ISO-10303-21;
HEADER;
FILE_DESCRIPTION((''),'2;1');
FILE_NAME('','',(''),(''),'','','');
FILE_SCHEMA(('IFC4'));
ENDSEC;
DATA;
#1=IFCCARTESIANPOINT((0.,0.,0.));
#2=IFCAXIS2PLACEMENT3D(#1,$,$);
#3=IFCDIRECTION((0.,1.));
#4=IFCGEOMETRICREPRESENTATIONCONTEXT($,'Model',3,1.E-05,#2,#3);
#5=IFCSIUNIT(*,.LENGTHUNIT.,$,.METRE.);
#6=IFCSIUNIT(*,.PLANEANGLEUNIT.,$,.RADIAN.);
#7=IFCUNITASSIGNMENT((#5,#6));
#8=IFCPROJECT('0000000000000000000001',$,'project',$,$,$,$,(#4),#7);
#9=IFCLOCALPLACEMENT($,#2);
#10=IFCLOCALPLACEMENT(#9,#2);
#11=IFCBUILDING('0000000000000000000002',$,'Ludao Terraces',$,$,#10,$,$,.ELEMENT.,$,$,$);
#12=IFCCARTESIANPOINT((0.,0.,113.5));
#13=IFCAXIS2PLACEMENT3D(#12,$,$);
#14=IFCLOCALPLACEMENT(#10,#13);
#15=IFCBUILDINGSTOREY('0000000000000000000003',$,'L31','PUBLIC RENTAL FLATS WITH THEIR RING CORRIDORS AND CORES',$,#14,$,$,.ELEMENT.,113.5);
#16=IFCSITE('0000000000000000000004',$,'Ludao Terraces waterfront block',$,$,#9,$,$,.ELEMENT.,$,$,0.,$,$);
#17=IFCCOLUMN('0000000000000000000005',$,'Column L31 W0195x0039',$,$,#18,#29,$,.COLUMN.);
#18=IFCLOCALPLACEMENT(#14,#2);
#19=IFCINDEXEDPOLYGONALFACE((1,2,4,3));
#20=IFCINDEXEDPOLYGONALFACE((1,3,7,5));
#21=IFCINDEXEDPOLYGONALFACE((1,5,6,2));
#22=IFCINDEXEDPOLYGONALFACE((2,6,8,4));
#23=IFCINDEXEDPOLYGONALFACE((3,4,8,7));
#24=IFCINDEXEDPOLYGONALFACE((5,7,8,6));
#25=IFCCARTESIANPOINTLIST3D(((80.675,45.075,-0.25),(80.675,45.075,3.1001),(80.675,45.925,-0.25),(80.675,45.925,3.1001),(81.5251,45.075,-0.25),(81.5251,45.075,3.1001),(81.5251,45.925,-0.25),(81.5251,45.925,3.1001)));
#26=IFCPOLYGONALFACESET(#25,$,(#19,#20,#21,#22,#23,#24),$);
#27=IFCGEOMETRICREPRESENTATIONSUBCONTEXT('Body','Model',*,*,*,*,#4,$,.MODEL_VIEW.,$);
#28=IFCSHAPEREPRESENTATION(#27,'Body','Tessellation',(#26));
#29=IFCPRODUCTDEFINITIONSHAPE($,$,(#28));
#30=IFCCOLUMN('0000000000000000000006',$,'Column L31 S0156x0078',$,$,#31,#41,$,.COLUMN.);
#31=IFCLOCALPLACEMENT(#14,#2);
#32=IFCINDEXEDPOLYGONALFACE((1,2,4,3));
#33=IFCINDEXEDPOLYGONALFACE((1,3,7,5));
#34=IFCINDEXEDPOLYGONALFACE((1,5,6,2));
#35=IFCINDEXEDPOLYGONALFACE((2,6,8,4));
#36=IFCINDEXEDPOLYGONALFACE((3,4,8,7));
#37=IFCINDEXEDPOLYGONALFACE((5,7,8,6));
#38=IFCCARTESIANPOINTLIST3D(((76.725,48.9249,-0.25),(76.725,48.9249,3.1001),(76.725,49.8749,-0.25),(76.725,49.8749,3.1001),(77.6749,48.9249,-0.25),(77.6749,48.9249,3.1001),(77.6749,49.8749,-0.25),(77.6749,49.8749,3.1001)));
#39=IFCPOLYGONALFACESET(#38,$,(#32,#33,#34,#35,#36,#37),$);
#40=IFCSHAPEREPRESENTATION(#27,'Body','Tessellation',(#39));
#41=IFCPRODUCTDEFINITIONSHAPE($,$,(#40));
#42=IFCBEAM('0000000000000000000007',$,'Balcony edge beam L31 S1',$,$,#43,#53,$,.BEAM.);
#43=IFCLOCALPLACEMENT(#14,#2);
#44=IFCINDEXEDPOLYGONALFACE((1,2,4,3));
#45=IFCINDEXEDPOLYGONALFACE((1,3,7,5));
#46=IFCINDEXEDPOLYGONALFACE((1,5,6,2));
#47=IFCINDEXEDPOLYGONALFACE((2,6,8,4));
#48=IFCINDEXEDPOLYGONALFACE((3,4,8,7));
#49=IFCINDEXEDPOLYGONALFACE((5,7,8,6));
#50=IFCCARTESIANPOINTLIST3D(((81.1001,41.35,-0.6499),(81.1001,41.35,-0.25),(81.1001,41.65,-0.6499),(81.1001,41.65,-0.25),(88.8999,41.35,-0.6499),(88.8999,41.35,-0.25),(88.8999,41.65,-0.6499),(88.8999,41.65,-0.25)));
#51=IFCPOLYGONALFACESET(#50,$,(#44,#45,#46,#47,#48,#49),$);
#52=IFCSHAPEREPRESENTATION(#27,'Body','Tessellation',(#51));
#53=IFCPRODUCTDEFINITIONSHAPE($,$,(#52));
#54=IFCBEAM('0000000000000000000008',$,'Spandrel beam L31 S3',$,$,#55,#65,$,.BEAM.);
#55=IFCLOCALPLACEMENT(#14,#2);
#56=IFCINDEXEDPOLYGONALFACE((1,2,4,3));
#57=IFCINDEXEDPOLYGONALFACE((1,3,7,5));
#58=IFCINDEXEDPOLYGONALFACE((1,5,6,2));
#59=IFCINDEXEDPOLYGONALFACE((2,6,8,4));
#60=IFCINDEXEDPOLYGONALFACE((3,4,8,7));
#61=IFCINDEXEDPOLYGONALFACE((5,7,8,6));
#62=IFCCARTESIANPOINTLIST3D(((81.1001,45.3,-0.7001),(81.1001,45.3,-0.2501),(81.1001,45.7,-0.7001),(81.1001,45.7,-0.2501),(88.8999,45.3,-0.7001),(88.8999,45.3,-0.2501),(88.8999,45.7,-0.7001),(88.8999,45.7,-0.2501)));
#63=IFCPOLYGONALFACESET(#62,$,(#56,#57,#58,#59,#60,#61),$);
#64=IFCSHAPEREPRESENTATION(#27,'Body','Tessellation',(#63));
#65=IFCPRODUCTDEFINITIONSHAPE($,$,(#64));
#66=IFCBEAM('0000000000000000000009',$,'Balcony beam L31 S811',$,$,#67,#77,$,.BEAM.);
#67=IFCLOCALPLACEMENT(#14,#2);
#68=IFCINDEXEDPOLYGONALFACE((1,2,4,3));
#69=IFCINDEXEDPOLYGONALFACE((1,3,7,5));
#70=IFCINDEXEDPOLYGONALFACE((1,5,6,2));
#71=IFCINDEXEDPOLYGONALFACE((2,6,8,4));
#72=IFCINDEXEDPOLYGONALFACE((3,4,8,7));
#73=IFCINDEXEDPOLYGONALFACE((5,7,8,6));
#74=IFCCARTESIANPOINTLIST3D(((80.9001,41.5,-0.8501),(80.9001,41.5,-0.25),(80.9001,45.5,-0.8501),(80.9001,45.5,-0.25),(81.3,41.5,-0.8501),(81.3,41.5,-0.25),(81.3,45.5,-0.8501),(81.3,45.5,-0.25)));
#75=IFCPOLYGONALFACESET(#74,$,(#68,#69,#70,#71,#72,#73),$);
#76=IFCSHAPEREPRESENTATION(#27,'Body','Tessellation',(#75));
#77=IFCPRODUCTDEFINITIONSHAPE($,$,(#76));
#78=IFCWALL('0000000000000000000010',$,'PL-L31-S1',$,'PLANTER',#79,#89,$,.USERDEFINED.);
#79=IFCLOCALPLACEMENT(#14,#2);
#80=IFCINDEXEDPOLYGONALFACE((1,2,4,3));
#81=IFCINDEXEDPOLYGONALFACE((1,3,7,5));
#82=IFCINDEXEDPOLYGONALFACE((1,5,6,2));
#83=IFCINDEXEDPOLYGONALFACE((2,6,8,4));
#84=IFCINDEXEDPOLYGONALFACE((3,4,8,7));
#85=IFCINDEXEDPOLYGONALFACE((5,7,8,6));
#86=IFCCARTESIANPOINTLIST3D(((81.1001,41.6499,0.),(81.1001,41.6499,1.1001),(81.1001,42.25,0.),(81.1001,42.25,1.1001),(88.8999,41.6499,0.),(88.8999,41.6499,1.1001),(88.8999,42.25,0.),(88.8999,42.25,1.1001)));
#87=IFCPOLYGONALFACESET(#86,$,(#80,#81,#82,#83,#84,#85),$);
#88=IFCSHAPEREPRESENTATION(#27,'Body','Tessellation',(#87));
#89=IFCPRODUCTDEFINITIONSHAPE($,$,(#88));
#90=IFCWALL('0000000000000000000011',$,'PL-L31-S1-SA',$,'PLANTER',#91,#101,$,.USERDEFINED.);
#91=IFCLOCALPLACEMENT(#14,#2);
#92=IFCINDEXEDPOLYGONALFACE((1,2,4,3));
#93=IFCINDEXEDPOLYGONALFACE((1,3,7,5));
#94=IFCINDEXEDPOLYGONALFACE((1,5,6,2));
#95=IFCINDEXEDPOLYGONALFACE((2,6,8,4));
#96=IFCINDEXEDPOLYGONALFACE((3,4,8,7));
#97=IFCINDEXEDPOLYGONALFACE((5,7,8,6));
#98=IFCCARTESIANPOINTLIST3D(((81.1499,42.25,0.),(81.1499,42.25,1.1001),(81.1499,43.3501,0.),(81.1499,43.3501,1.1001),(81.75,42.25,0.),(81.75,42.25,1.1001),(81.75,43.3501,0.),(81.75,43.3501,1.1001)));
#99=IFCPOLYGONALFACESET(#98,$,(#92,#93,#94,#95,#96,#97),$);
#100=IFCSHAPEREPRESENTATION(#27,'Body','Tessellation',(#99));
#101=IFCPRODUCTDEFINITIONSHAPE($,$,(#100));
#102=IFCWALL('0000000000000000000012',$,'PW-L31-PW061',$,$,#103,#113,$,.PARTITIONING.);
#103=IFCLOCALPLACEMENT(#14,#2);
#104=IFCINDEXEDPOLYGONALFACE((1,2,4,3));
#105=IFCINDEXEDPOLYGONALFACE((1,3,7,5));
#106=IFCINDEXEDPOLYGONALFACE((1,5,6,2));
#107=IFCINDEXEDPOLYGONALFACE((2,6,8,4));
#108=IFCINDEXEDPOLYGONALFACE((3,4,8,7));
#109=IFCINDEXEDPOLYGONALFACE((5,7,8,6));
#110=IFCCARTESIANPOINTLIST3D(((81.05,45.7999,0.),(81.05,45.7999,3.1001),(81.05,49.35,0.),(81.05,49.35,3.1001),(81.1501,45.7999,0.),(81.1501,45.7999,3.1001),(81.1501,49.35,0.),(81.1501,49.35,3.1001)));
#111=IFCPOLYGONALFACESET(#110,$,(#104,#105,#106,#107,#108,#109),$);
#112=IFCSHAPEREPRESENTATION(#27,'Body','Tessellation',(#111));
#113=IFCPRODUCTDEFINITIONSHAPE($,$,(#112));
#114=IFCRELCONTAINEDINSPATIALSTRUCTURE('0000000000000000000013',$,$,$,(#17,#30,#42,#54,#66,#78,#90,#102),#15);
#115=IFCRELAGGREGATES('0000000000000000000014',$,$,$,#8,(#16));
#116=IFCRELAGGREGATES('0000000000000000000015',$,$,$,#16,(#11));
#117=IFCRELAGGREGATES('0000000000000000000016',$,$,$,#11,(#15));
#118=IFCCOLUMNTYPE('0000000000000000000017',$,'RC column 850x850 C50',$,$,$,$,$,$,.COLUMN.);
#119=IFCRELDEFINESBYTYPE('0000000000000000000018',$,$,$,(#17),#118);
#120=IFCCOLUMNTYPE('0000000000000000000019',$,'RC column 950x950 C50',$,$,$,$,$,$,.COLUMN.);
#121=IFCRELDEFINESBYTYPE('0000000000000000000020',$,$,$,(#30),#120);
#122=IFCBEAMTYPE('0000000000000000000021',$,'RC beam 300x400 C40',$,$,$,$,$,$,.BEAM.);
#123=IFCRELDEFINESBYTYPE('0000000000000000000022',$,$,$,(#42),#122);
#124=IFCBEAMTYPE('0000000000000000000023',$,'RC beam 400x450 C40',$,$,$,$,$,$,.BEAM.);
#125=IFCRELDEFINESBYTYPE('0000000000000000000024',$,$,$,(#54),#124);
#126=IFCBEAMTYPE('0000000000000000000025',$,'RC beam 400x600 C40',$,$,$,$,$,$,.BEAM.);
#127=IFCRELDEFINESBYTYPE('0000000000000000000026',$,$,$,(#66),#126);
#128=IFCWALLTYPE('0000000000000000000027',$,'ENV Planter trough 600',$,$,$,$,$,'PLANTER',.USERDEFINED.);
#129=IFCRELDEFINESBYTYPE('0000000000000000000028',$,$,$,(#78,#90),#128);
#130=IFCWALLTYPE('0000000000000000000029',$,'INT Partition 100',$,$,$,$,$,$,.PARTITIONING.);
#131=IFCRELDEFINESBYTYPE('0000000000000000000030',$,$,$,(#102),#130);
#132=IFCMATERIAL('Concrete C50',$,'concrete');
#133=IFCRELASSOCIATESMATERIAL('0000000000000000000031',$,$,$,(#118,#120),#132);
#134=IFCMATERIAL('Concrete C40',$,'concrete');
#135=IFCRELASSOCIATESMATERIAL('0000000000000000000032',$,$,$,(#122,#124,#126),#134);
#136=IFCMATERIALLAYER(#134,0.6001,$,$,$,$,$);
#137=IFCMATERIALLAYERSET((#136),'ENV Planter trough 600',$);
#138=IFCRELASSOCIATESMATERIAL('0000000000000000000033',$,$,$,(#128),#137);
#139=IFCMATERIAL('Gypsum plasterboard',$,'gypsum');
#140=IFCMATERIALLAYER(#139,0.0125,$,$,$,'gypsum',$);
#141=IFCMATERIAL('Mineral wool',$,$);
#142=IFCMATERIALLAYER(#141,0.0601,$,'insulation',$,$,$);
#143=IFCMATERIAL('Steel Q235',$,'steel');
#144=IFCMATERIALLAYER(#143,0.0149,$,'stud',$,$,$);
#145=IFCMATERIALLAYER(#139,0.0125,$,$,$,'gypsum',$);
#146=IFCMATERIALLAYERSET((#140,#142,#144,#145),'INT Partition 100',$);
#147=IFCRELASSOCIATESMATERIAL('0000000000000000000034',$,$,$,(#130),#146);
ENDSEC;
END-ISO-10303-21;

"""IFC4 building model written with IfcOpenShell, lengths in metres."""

from ifc_helpers import new_model, si_unit, direction, frame, frame_2d, origin, origin_2d, place, context, subcontext, project, spatial, rectangle, extrude, material, layer, layer_set, material_profile, profile_set, type_object, element, save


model = new_model("IFC4")

# Units and contexts
model_context = context("Model", 3, precision=1e-05, world=origin(), true_north=direction((0.0, 1.0)))
body_context = subcontext(model_context, "Body", "Model", "MODEL_VIEW")
ifc_project = project(units=[si_unit("LENGTHUNIT", "METRE"), si_unit("PLANEANGLEUNIT", "RADIAN")], contexts=[model_context])

# Site, building, storey
site_placement = place(None, origin())
site = spatial("IfcSite", under=ifc_project, at=site_placement, Name="Ludao Terraces waterfront block", CompositionType="ELEMENT", RefElevation=0.0)
building_placement = place(site_placement, origin())
building = spatial("IfcBuilding", under=site, at=building_placement, Name="Ludao Terraces", CompositionType="ELEMENT")
storey_placement = place(building_placement, frame((0.0, 0.0, 113.5)))
storey = spatial("IfcBuildingStorey", under=building, at=storey_placement, Name="L31", Description="PUBLIC RENTAL FLATS WITH THEIR RING CORRIDORS AND CORES", CompositionType="ELEMENT", Elevation=113.5)

# Columns
ifc_material_1 = material(Name="Concrete C50", Category="concrete")
ifc_material_profile_1 = material_profile(ifc_material_1, rectangle(XDim=0.8501, YDim=0.8501, at=origin_2d()), Name="850 X 850")
ifc_profile_set_1 = profile_set([ifc_material_profile_1], Name="Concrete C50")
column_type_1 = type_object("IfcColumnType", Name="RC column 850x850 C50", PredefinedType="COLUMN", material=ifc_profile_set_1)
column_1_placement = place(storey_placement, frame((81.1001, 45.5, -0.25), z_axis=(0.0, 0.0, 1.0), x_axis=(1.0, 0.0, 0.0)))
element("IfcColumn", 1, at=column_1_placement, inside=storey, type_object=column_type_1, Name="Column L31 W0195x0039", PredefinedType="COLUMN", context=body_context, shape_type="SweptSolid", body=[
    extrude(rectangle(XDim=0.8501, YDim=0.8501, at=origin_2d()), origin(), (0.0, 0.0, 1.0), 3.3501),
])
ifc_material_profile_2 = material_profile(ifc_material_1, rectangle(XDim=0.95, YDim=0.95, at=origin_2d()), Name="950 X 950")
ifc_profile_set_2 = profile_set([ifc_material_profile_2], Name="Concrete C50")
column_type_2 = type_object("IfcColumnType", Name="RC column 950x950 C50", PredefinedType="COLUMN", material=ifc_profile_set_2)
column_2_placement = place(storey_placement, frame((77.2, 49.3999, -0.25), z_axis=(0.0, 0.0, 1.0), x_axis=(1.0, 0.0, 0.0)))
element("IfcColumn", 2, at=column_2_placement, inside=storey, type_object=column_type_2, Name="Column L31 S0156x0078", PredefinedType="COLUMN", context=body_context, shape_type="SweptSolid", body=[
    extrude(rectangle(XDim=0.95, YDim=0.95, at=origin_2d()), origin(), (0.0, 0.0, 1.0), 3.3501),
])

# Beams
ifc_material_2 = material(Name="Concrete C40", Category="concrete")
ifc_material_profile_3 = material_profile(ifc_material_2, rectangle(XDim=0.3, YDim=0.3999, at=origin_2d()), Name="300 X 400")
ifc_profile_set_3 = profile_set([ifc_material_profile_3], Name="Concrete C40")
beam_type_1 = type_object("IfcBeamType", Name="RC beam 300x400 C40", PredefinedType="BEAM", material=ifc_profile_set_3)
beam_1_placement = place(storey_placement, frame((81.1001, 41.5, -0.45), z_axis=(1.0, 0.0, 0.0), x_axis=(0.0, 1.0, 0.0)))
element("IfcBeam", 3, at=beam_1_placement, inside=storey, type_object=beam_type_1, Name="Balcony edge beam L31 S1", PredefinedType="BEAM", context=body_context, shape_type="SweptSolid", body=[
    extrude(rectangle(XDim=0.3, YDim=0.3999, at=origin_2d()), origin(), (0.0, 0.0, 1.0), 7.7998),
])
ifc_material_profile_4 = material_profile(ifc_material_2, rectangle(XDim=0.3999, YDim=0.45, at=origin_2d()), Name="400 X 450")
ifc_profile_set_4 = profile_set([ifc_material_profile_4], Name="Concrete C40")
beam_type_2 = type_object("IfcBeamType", Name="RC beam 400x450 C40", PredefinedType="BEAM", material=ifc_profile_set_4)
beam_2_placement = place(storey_placement, frame((81.1001, 45.5, -0.4751), z_axis=(1.0, 0.0, 0.0), x_axis=(0.0, 1.0, 0.0)))
element("IfcBeam", 4, at=beam_2_placement, inside=storey, type_object=beam_type_2, Name="Spandrel beam L31 S3", PredefinedType="BEAM", context=body_context, shape_type="SweptSolid", body=[
    extrude(rectangle(XDim=0.3999, YDim=0.45, at=origin_2d()), origin(), (0.0, 0.0, 1.0), 7.7998),
])
ifc_material_profile_5 = material_profile(ifc_material_2, rectangle(XDim=0.3999, YDim=0.6001, at=origin_2d()), Name="400 X 600")
ifc_profile_set_5 = profile_set([ifc_material_profile_5], Name="Concrete C40")
beam_type_3 = type_object("IfcBeamType", Name="RC beam 400x600 C40", PredefinedType="BEAM", material=ifc_profile_set_5)
beam_3_placement = place(storey_placement, frame((81.1001, 45.5, -0.55), z_axis=(0.0, -1.0, 0.0), x_axis=(1.0, 0.0, 0.0)))
element("IfcBeam", 5, at=beam_3_placement, inside=storey, type_object=beam_type_3, Name="Balcony beam L31 S811", PredefinedType="BEAM", context=body_context, shape_type="SweptSolid", body=[
    extrude(rectangle(XDim=0.3999, YDim=0.6001, at=origin_2d()), origin(), (0.0, 0.0, 1.0), 4.0),
])

# Walls
ifc_layer_1 = layer(ifc_material_2, 0.6001)
ifc_layer_set_1 = layer_set([ifc_layer_1], Name="ENV Planter trough 600")
wall_type_1 = type_object("IfcWallType", Name="ENV Planter trough 600", ElementType="PLANTER", PredefinedType="USERDEFINED", material=ifc_layer_set_1)
wall_1_placement = place(storey_placement, frame((81.1001, 41.95, 0.0), z_axis=(0.0, 0.0, 1.0), x_axis=(1.0, 0.0, 0.0)))
element("IfcWall", 6, at=wall_1_placement, inside=storey, type_object=wall_type_1, Name="PL-L31-S1", ObjectType="PLANTER", PredefinedType="USERDEFINED", context=body_context, shape_type="SweptSolid", body=[
    extrude(rectangle(XDim=7.7998, YDim=0.6001, at=frame_2d((3.8999, 0.0))), origin(), (0.0, 0.0, 1.0), 1.1001),
])
wall_2_placement = place(storey_placement, frame((81.45, 42.25, 0.0), z_axis=(0.0, 0.0, 1.0), x_axis=(0.0, 1.0, 0.0)))
element("IfcWall", 7, at=wall_2_placement, inside=storey, type_object=wall_type_1, Name="PL-L31-S1-SA", ObjectType="PLANTER", PredefinedType="USERDEFINED", context=body_context, shape_type="SweptSolid", body=[
    extrude(rectangle(XDim=1.1001, YDim=0.6001, at=frame_2d((0.55, 0.0))), origin(), (0.0, 0.0, 1.0), 1.1001),
])

# Shared definitions
ifc_material_3 = material(Name="Mineral wool")

# Wall
ifc_material_4 = material(Name="Gypsum plasterboard", Category="gypsum")
ifc_layer_2 = layer(ifc_material_4, 0.0125, Category="gypsum")
ifc_layer_3 = layer(ifc_material_3, 0.0601, Name="insulation")
ifc_material_5 = material(Name="Steel Q235", Category="steel")
ifc_layer_4 = layer(ifc_material_5, 0.0149, Name="stud")
ifc_layer_5 = layer(ifc_material_4, 0.0125, Category="gypsum")
ifc_layer_set_2 = layer_set([ifc_layer_2, ifc_layer_3, ifc_layer_4, ifc_layer_5], Name="INT Partition 100")
wall_type_2 = type_object("IfcWallType", Name="INT Partition 100", PredefinedType="PARTITIONING", material=ifc_layer_set_2)
wall_3_placement = place(storey_placement, frame((81.1001, 45.8, 0.0), z_axis=(0.0, 0.0, 1.0), x_axis=(0.0, 1.0, 0.0)))
element("IfcWall", 8, at=wall_3_placement, inside=storey, type_object=wall_type_2, Name="PW-L31-PW061", PredefinedType="PARTITIONING", context=body_context, shape_type="SweptSolid", body=[
    extrude(rectangle(XDim=3.55, YDim=0.1001, at=frame_2d((1.7749, 0.0))), origin(), (0.0, 0.0, 1.0), 3.1001),
])

save(model, "model.ifc")
